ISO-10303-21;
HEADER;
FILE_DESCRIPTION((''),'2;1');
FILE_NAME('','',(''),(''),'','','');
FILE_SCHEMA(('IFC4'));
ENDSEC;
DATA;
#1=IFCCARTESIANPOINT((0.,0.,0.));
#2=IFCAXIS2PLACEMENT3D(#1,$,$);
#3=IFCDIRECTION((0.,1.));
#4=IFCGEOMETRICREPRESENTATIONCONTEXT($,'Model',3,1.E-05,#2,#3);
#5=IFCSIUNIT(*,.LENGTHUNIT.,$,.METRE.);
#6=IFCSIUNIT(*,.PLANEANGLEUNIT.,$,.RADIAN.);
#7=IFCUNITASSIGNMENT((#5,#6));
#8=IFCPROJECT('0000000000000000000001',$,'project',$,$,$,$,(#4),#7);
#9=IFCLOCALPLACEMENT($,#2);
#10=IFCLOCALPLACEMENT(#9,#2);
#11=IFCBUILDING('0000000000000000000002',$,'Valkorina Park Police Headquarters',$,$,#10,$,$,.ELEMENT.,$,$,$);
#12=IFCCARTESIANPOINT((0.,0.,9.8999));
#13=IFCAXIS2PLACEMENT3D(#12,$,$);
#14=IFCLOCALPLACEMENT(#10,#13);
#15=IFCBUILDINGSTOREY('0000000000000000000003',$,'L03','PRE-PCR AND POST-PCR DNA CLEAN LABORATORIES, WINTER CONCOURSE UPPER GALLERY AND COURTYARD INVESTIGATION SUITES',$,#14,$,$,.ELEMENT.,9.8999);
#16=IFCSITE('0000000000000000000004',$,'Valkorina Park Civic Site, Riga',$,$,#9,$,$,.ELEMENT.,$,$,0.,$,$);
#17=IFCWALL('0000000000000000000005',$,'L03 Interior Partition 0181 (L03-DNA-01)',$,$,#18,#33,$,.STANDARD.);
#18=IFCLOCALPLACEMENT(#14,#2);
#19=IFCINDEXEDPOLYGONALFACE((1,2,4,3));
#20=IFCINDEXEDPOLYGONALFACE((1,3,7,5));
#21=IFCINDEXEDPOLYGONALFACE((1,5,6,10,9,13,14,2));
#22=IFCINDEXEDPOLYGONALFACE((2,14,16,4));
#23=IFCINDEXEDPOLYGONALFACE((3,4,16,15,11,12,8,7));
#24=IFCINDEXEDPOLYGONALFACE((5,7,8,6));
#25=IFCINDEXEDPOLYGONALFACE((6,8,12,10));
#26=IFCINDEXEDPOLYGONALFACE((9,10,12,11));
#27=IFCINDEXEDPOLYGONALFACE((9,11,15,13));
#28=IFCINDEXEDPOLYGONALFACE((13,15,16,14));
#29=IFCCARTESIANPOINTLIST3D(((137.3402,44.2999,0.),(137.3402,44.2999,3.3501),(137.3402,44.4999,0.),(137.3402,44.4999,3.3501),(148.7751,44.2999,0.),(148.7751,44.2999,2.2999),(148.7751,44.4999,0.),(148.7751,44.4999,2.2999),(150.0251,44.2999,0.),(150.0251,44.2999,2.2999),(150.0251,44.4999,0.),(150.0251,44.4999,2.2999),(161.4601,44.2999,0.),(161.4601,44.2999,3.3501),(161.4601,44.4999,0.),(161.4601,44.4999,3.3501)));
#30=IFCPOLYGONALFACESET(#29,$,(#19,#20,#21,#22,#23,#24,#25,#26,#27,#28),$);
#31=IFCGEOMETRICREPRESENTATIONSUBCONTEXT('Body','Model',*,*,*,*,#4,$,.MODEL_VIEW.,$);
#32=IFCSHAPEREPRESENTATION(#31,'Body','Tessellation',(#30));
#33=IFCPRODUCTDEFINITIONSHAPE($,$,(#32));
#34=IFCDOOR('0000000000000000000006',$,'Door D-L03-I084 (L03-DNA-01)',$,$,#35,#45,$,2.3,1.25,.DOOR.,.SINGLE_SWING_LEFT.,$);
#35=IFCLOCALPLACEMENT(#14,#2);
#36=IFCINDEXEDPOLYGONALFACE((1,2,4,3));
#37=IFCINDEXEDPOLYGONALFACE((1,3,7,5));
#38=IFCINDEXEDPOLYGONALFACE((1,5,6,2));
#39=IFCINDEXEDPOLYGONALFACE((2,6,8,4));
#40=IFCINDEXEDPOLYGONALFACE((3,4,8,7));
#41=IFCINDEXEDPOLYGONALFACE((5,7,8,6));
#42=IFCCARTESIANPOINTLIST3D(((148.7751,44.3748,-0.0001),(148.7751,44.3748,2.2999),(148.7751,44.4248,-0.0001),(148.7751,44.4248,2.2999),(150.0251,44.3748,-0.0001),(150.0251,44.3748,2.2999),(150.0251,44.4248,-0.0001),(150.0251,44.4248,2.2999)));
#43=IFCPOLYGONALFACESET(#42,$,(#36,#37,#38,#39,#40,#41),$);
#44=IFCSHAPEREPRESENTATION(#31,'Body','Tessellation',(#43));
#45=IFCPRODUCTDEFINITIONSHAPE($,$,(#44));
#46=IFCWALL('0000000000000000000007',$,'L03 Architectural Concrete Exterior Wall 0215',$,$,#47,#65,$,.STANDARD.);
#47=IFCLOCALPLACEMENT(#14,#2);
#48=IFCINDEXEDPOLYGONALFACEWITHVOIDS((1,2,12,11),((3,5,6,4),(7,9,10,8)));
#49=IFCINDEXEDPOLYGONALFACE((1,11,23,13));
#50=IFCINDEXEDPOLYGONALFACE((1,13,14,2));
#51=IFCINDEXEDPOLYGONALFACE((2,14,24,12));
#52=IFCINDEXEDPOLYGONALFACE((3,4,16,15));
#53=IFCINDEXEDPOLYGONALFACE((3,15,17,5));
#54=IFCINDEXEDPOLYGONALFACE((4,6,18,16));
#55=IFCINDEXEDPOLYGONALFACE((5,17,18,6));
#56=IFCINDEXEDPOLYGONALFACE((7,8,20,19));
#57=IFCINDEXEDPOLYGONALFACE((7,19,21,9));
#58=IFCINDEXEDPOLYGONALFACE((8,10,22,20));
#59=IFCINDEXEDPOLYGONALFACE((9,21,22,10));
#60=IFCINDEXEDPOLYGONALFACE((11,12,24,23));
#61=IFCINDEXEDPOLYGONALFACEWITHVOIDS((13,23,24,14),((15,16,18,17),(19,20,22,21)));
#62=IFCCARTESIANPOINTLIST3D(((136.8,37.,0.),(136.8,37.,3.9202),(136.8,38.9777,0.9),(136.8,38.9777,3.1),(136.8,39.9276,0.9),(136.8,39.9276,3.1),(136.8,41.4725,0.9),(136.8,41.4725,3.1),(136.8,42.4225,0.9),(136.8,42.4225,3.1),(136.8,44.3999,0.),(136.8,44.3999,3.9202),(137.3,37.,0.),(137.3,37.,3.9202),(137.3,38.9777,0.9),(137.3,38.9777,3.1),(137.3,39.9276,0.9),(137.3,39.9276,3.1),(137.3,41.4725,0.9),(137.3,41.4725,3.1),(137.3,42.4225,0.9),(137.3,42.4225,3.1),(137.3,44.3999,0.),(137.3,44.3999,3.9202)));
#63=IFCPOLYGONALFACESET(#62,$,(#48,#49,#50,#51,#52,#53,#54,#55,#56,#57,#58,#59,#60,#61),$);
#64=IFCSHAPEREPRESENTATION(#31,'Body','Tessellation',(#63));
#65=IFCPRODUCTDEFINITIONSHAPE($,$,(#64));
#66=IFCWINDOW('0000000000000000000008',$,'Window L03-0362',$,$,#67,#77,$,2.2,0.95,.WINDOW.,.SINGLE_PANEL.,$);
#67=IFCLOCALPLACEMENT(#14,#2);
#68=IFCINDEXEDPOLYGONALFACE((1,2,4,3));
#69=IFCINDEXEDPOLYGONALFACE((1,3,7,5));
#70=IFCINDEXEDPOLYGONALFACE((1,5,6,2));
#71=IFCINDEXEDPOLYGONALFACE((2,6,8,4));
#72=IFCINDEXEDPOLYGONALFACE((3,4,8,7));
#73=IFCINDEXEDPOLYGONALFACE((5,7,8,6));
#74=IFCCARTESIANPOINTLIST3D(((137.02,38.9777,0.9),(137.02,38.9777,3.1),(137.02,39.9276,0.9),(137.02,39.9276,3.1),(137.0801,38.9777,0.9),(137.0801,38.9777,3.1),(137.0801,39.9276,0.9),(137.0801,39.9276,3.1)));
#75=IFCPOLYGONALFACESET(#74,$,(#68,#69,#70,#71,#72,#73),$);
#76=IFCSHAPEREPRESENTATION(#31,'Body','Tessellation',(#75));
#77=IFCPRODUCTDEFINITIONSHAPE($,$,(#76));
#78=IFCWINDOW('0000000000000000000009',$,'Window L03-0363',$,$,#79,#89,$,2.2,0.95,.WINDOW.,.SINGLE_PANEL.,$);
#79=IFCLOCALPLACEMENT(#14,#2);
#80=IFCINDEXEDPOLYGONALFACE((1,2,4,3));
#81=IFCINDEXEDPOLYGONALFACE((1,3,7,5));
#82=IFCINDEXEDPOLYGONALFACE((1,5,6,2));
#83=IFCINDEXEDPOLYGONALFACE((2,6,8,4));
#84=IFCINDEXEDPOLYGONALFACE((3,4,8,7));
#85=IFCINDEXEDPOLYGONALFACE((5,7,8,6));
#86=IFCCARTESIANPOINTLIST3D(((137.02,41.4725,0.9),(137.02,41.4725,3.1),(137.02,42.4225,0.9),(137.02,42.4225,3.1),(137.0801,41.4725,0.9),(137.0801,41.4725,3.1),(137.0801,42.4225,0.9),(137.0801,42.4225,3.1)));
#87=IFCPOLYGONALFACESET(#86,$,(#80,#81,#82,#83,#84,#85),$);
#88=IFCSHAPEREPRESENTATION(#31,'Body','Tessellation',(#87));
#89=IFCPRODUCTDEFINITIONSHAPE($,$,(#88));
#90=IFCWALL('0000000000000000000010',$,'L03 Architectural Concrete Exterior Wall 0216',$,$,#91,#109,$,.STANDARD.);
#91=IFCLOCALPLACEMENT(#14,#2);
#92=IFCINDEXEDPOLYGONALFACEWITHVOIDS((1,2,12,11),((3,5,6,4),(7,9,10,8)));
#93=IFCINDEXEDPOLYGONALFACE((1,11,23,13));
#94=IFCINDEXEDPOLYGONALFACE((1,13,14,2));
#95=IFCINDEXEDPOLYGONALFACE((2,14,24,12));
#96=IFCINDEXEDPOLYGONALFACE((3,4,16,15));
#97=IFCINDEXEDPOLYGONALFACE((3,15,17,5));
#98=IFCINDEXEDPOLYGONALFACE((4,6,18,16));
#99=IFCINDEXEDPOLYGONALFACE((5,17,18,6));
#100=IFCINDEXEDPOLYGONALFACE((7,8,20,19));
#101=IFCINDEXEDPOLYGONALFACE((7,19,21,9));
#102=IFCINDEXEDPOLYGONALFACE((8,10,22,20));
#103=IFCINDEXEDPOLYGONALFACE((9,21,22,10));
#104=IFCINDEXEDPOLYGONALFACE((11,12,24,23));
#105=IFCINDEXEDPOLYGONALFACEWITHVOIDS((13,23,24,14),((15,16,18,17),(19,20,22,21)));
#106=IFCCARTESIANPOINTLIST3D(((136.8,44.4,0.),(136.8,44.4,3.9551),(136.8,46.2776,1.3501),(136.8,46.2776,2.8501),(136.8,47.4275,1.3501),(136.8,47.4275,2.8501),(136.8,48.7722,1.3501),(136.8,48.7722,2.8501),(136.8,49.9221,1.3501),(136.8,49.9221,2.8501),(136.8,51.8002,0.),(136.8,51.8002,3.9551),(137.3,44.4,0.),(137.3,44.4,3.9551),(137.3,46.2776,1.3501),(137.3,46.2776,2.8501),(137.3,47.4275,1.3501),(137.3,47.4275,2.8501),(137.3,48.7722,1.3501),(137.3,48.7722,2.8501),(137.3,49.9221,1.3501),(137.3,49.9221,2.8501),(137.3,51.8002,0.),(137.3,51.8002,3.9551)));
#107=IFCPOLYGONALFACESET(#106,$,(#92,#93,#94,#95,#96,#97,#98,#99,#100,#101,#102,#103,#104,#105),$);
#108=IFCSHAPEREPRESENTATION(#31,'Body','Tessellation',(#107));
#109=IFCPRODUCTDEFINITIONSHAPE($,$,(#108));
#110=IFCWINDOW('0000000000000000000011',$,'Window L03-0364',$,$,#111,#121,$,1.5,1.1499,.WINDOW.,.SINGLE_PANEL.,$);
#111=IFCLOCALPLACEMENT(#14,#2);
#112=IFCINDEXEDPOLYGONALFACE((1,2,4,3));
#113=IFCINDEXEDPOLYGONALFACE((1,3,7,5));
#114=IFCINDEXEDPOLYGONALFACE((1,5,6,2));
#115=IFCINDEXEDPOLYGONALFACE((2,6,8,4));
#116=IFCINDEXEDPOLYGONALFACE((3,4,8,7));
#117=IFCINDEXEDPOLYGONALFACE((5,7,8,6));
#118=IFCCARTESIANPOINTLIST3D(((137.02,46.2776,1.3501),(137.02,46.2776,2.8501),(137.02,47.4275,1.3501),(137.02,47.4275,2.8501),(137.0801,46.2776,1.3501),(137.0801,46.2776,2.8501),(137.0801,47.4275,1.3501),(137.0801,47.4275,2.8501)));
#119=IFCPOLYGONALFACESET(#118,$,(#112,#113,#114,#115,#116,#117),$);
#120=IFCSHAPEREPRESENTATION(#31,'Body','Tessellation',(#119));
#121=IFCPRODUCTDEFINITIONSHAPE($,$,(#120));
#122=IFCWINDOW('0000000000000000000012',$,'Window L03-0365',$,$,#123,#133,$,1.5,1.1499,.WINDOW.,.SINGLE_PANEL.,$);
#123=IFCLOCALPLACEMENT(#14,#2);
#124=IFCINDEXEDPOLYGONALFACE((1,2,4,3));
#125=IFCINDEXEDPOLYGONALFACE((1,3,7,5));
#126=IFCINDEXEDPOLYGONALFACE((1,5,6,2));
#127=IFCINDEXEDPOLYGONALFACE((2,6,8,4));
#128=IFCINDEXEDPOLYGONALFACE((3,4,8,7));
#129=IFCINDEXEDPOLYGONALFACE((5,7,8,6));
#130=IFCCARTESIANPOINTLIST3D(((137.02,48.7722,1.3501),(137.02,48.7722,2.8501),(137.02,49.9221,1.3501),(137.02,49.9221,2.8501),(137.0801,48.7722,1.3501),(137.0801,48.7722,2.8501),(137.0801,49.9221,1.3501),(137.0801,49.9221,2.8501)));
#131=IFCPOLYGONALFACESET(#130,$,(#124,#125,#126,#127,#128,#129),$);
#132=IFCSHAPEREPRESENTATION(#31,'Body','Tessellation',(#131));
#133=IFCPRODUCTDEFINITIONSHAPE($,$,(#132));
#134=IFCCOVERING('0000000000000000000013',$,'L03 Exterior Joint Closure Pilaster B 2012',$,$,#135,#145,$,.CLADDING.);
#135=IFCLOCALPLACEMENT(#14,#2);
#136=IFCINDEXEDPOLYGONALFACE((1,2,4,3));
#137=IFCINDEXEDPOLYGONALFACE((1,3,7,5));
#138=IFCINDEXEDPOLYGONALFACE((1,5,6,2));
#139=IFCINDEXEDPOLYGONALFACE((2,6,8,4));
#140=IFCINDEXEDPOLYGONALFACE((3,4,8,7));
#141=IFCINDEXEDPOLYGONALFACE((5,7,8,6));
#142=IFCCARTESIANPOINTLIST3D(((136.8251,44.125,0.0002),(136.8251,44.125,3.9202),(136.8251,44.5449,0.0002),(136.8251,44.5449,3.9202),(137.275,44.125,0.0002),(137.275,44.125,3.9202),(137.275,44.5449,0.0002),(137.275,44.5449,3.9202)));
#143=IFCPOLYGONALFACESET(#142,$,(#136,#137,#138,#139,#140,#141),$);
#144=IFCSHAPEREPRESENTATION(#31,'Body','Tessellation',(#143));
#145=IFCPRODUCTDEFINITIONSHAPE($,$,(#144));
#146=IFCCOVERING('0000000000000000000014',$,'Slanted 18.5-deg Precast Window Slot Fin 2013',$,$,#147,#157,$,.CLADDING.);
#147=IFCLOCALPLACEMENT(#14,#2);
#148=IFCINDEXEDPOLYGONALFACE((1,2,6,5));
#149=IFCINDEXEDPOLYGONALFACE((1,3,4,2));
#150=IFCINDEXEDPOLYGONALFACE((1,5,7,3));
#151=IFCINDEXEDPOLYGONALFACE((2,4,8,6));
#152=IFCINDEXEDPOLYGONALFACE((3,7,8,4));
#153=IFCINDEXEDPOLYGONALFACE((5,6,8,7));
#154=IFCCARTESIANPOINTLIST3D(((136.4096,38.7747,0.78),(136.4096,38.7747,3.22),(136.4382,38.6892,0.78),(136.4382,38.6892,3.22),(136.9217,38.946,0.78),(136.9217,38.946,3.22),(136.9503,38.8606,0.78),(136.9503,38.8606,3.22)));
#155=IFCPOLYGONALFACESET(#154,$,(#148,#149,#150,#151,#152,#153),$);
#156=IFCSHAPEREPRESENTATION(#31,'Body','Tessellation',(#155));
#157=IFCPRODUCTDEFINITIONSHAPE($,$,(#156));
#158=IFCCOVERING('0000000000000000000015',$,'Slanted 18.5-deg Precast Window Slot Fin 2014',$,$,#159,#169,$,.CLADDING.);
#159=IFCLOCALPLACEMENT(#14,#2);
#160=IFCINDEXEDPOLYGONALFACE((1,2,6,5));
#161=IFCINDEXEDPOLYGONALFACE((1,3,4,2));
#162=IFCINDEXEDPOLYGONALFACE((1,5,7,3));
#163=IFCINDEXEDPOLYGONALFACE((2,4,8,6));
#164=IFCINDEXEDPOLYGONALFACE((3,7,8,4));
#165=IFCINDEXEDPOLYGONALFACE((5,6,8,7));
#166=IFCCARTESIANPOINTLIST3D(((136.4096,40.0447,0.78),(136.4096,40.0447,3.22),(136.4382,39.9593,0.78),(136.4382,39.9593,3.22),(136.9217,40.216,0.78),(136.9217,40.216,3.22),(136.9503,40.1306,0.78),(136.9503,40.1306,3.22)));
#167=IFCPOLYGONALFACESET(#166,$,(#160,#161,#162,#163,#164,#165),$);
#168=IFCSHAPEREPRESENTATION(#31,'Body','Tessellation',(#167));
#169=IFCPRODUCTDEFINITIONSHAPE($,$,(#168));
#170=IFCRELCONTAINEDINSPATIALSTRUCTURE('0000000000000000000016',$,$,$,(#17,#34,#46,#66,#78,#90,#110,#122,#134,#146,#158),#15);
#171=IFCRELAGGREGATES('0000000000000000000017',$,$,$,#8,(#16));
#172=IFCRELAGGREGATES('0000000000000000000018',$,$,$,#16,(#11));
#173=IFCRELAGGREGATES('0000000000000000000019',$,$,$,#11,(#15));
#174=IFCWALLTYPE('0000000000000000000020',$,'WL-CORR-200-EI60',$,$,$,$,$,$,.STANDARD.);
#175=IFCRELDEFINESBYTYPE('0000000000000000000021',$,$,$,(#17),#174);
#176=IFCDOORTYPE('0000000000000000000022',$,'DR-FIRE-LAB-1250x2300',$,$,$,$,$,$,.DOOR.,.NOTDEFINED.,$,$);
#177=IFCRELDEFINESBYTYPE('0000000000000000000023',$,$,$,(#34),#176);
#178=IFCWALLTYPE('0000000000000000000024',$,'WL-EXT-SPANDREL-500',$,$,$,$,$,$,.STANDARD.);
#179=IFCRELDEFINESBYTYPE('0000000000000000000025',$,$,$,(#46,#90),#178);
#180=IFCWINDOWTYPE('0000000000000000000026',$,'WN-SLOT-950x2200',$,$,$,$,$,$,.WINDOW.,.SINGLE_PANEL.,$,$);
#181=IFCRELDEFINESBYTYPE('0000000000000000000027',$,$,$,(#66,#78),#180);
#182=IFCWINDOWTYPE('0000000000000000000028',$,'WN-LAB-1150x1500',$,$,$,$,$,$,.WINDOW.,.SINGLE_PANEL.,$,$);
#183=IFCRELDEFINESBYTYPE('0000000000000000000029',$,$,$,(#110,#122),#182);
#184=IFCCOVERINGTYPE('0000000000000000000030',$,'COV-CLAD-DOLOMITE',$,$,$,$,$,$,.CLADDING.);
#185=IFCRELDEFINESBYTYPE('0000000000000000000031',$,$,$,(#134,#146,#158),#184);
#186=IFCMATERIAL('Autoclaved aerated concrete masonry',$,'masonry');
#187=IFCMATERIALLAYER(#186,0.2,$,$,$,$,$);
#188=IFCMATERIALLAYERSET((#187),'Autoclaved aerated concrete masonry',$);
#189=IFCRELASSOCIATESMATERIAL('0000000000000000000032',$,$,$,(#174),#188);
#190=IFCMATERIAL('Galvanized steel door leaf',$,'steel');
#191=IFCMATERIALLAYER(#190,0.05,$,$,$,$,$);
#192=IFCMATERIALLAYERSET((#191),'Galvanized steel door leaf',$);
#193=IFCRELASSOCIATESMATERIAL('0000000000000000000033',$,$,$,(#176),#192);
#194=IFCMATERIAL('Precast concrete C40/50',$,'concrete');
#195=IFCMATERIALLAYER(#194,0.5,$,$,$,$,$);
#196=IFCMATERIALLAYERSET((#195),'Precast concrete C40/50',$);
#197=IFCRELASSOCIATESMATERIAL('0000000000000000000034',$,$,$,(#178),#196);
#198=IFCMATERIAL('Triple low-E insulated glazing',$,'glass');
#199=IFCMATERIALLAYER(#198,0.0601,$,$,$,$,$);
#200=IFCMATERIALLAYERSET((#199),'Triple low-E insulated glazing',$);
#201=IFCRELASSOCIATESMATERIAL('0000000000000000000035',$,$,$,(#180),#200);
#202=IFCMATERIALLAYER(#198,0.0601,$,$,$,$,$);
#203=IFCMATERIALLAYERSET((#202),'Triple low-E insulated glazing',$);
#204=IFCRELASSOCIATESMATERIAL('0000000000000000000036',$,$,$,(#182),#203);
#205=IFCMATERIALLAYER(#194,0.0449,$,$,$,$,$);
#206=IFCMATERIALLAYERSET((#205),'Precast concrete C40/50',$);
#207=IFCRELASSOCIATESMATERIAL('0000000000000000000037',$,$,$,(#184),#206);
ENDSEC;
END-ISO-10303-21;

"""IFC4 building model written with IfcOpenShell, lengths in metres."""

from ifc_helpers import new_model, si_unit, direction, frame, frame_2d, origin, origin_2d, place, context, subcontext, project, spatial, rectangle, extrude, material, layer, layer_set, type_object, element, fill, save


model = new_model("IFC4")

# Units and contexts
model_context = context("Model", 3, precision=1e-05, world=origin(), true_north=direction((0.0, 1.0)))
body_context = subcontext(model_context, "Body", "Model", "MODEL_VIEW")
ifc_project = project(units=[si_unit("LENGTHUNIT", "METRE"), si_unit("PLANEANGLEUNIT", "RADIAN")], contexts=[model_context])

# Site, building, storey
site_placement = place(None, origin())
site = spatial("IfcSite", under=ifc_project, at=site_placement, Name="Valkorina Park Civic Site, Riga", CompositionType="ELEMENT", RefElevation=0.0)
building_placement = place(site_placement, origin())
building = spatial("IfcBuilding", under=site, at=building_placement, Name="Valkorina Park Police Headquarters", CompositionType="ELEMENT")
storey_placement = place(building_placement, frame((0.0, 0.0, 9.8999)))
storey = spatial("IfcBuildingStorey", under=building, at=storey_placement, Name="L03", Description="PRE-PCR AND POST-PCR DNA CLEAN LABORATORIES, WINTER CONCOURSE UPPER GALLERY AND COURTYARD INVESTIGATION SUITES", CompositionType="ELEMENT", Elevation=9.8999)

# Wall, opening, door
ifc_material_1 = material(Name="Autoclaved aerated concrete masonry", Category="masonry")
ifc_layer_1 = layer(ifc_material_1, 0.2)
ifc_layer_set_1 = layer_set([ifc_layer_1], Name="Autoclaved aerated concrete masonry")
wall_type_1 = type_object("IfcWallType", Name="WL-CORR-200-EI60", PredefinedType="STANDARD", material=ifc_layer_set_1)
wall_1_placement = place(storey_placement, frame((137.3401, 44.3999, 0.0), z_axis=(0.0, 0.0, 1.0), x_axis=(1.0, 0.0, 0.0)))
wall_1 = element("IfcWall", 1, at=wall_1_placement, inside=storey, type_object=wall_type_1, Name="L03 Interior Partition 0181 (L03-DNA-01)", PredefinedType="STANDARD", context=body_context, shape_type="SweptSolid", body=[
    extrude(rectangle(XDim=24.1199, YDim=0.2, at=frame_2d((12.0601, 0.0))), origin(), (0.0, 0.0, 1.0), 3.3501),
])
opening_1_placement = place(wall_1_placement, frame((11.4351, 0.0, 0.0)))
opening_1 = element("IfcOpeningElement", 2, at=opening_1_placement, cuts=wall_1, PredefinedType="OPENING", context=body_context, shape_type="SweptSolid", body=[
    extrude(rectangle(XDim=1.25, YDim=2.3, at=frame_2d((0.625, 1.1499))), frame((0.0, 0.1099, 0.0), z_axis=(0.0, -1.0, 0.0), x_axis=(1.0, 0.0, 0.0)), (0.0, 0.0, 1.0), 0.22),
])
ifc_material_2 = material(Name="Galvanized steel door leaf", Category="steel")
ifc_layer_2 = layer(ifc_material_2, 0.05)
ifc_layer_set_2 = layer_set([ifc_layer_2], Name="Galvanized steel door leaf")
door_type = type_object("IfcDoorType", Name="DR-FIRE-LAB-1250x2300", OperationType="NOTDEFINED", PredefinedType="DOOR", material=ifc_layer_set_2)
door_placement = place(opening_1_placement, origin())
door = element("IfcDoor", 3, at=door_placement, inside=storey, type_object=door_type, Name="Door D-L03-I084 (L03-DNA-01)", OperationType="SINGLE_SWING_LEFT", OverallHeight=2.3, OverallWidth=1.25, PredefinedType="DOOR", context=body_context, shape_type="SweptSolid", body=[
    extrude(rectangle(XDim=1.25, YDim=2.3, at=frame_2d((0.625, 1.1499))), frame((0.0, 0.0249, 0.0), z_axis=(0.0, -1.0, 0.0), x_axis=(1.0, 0.0, 0.0)), (0.0, 0.0, 1.0), 0.05),
])
fill(opening_1, door)

# Walls, openings, windows
ifc_material_3 = material(Name="Precast concrete C40/50", Category="concrete")
ifc_layer_3 = layer(ifc_material_3, 0.5)
ifc_layer_set_3 = layer_set([ifc_layer_3], Name="Precast concrete C40/50")
wall_type_2 = type_object("IfcWallType", Name="WL-EXT-SPANDREL-500", PredefinedType="STANDARD", material=ifc_layer_set_3)
wall_2_placement = place(storey_placement, frame((137.05, 37.0, 0.0), z_axis=(0.0, 0.0, 1.0), x_axis=(0.0, 1.0, 0.0)))
wall_2 = element("IfcWall", 4, at=wall_2_placement, inside=storey, type_object=wall_type_2, Name="L03 Architectural Concrete Exterior Wall 0215", PredefinedType="STANDARD", context=body_context, shape_type="SweptSolid", body=[
    extrude(rectangle(XDim=7.3999, YDim=0.5, at=frame_2d((3.7, 0.0))), origin(), (0.0, 0.0, 1.0), 3.9202),
])
opening_2_placement = place(wall_2_placement, frame((1.9775, 0.0, 0.8999)))
opening_2 = element("IfcOpeningElement", 5, at=opening_2_placement, cuts=wall_2, PredefinedType="OPENING", context=body_context, shape_type="SweptSolid", body=[
    extrude(rectangle(XDim=0.95, YDim=2.2, at=frame_2d((0.4751, 1.1001))), frame((0.0, 0.26, 0.0), z_axis=(0.0, -1.0, 0.0), x_axis=(1.0, 0.0, 0.0)), (0.0, 0.0, 1.0), 0.52),
])
opening_3_placement = place(wall_2_placement, frame((4.4724, 0.0, 0.8999)))
opening_3 = element("IfcOpeningElement", 6, at=opening_3_placement, cuts=wall_2, PredefinedType="OPENING", context=body_context, shape_type="SweptSolid", body=[
    extrude(rectangle(XDim=0.95, YDim=2.2, at=frame_2d((0.4751, 1.1001))), frame((0.0, 0.26, 0.0), z_axis=(0.0, -1.0, 0.0), x_axis=(1.0, 0.0, 0.0)), (0.0, 0.0, 1.0), 0.52),
])
ifc_material_4 = material(Name="Triple low-E insulated glazing", Category="glass")
ifc_layer_4 = layer(ifc_material_4, 0.0601)
ifc_layer_set_4 = layer_set([ifc_layer_4], Name="Triple low-E insulated glazing")
window_type_1 = type_object("IfcWindowType", Name="WN-SLOT-950x2200", PartitioningType="SINGLE_PANEL", PredefinedType="WINDOW", material=ifc_layer_set_4)
window_1_placement = place(opening_2_placement, origin())
window_1 = element("IfcWindow", 7, at=window_1_placement, inside=storey, type_object=window_type_1, Name="Window L03-0362", OverallHeight=2.2, OverallWidth=0.95, PartitioningType="SINGLE_PANEL", PredefinedType="WINDOW", context=body_context, shape_type="SweptSolid", body=[
    extrude(rectangle(XDim=0.95, YDim=2.2, at=frame_2d((0.4751, 1.1001))), frame((0.0, 0.03, 0.0), z_axis=(0.0, -1.0, 0.0), x_axis=(1.0, 0.0, 0.0)), (0.0, 0.0, 1.0), 0.0601),
])
fill(opening_2, window_1)
window_2_placement = place(opening_3_placement, origin())
window_2 = element("IfcWindow", 8, at=window_2_placement, inside=storey, type_object=window_type_1, Name="Window L03-0363", OverallHeight=2.2, OverallWidth=0.95, PartitioningType="SINGLE_PANEL", PredefinedType="WINDOW", context=body_context, shape_type="SweptSolid", body=[
    extrude(rectangle(XDim=0.95, YDim=2.2, at=frame_2d((0.4751, 1.1001))), frame((0.0, 0.03, 0.0), z_axis=(0.0, -1.0, 0.0), x_axis=(1.0, 0.0, 0.0)), (0.0, 0.0, 1.0), 0.0601),
])
fill(opening_3, window_2)
wall_3_placement = place(storey_placement, frame((137.05, 44.3999, 0.0), z_axis=(0.0, 0.0, 1.0), x_axis=(0.0, 1.0, 0.0)))
wall_3 = element("IfcWall", 9, at=wall_3_placement, inside=storey, type_object=wall_type_2, Name="L03 Architectural Concrete Exterior Wall 0216", PredefinedType="STANDARD", context=body_context, shape_type="SweptSolid", body=[
    extrude(rectangle(XDim=7.4001, YDim=0.5, at=frame_2d((3.7002, 0.0))), origin(), (0.0, 0.0, 1.0), 3.9551),
])
opening_4_placement = place(wall_3_placement, frame((1.8777, 0.0, 1.3501)))
opening_4 = element("IfcOpeningElement", 10, at=opening_4_placement, cuts=wall_3, PredefinedType="OPENING", context=body_context, shape_type="SweptSolid", body=[
    extrude(rectangle(XDim=1.1499, YDim=1.5, at=frame_2d((0.575, 0.75))), frame((0.0, 0.26, 0.0), z_axis=(0.0, -1.0, 0.0), x_axis=(1.0, 0.0, 0.0)), (0.0, 0.0, 1.0), 0.52),
])
opening_5_placement = place(wall_3_placement, frame((4.3723, 0.0, 1.3501)))
opening_5 = element("IfcOpeningElement", 11, at=opening_5_placement, cuts=wall_3, PredefinedType="OPENING", context=body_context, shape_type="SweptSolid", body=[
    extrude(rectangle(XDim=1.1499, YDim=1.5, at=frame_2d((0.575, 0.75))), frame((0.0, 0.26, 0.0), z_axis=(0.0, -1.0, 0.0), x_axis=(1.0, 0.0, 0.0)), (0.0, 0.0, 1.0), 0.52),
])
ifc_layer_5 = layer(ifc_material_4, 0.0601)
ifc_layer_set_5 = layer_set([ifc_layer_5], Name="Triple low-E insulated glazing")
window_type_2 = type_object("IfcWindowType", Name="WN-LAB-1150x1500", PartitioningType="SINGLE_PANEL", PredefinedType="WINDOW", material=ifc_layer_set_5)
window_3_placement = place(opening_4_placement, origin())
window_3 = element("IfcWindow", 12, at=window_3_placement, inside=storey, type_object=window_type_2, Name="Window L03-0364", OverallHeight=1.5, OverallWidth=1.1499, PartitioningType="SINGLE_PANEL", PredefinedType="WINDOW", context=body_context, shape_type="SweptSolid", body=[
    extrude(rectangle(XDim=1.1499, YDim=1.5, at=frame_2d((0.575, 0.75))), frame((0.0, 0.03, 0.0), z_axis=(0.0, -1.0, 0.0), x_axis=(1.0, 0.0, 0.0)), (0.0, 0.0, 1.0), 0.0601),
])
fill(opening_4, window_3)
window_4_placement = place(opening_5_placement, origin())
window_4 = element("IfcWindow", 13, at=window_4_placement, inside=storey, type_object=window_type_2, Name="Window L03-0365", OverallHeight=1.5, OverallWidth=1.1499, PartitioningType="SINGLE_PANEL", PredefinedType="WINDOW", context=body_context, shape_type="SweptSolid", body=[
    extrude(rectangle(XDim=1.1499, YDim=1.5, at=frame_2d((0.575, 0.75))), frame((0.0, 0.03, 0.0), z_axis=(0.0, -1.0, 0.0), x_axis=(1.0, 0.0, 0.0)), (0.0, 0.0, 1.0), 0.0601),
])
fill(opening_5, window_4)

# Coverings
ifc_layer_6 = layer(ifc_material_3, 0.0449)
ifc_layer_set_6 = layer_set([ifc_layer_6], Name="Precast concrete C40/50")
covering_type = type_object("IfcCoveringType", Name="COV-CLAD-DOLOMITE", PredefinedType="CLADDING", material=ifc_layer_set_6)
covering_1_placement = place(storey_placement, frame((137.05, 44.335, 0.0002), z_axis=(0.0, 0.0, 1.0), x_axis=(0.0, 1.0, 0.0)))
element("IfcCovering", 14, at=covering_1_placement, inside=storey, type_object=covering_type, Name="L03 Exterior Joint Closure Pilaster B 2012", PredefinedType="CLADDING", context=body_context, shape_type="SweptSolid", body=[
    extrude(rectangle(XDim=0.4199, YDim=0.45, at=origin_2d()), origin(), (0.0, 0.0, 1.0), 3.9199),
])
for number, where, z_axis, x_axis, name in (
    (15, (136.6799, 38.8176, 0.78), (0.0, 0.0, 1.0), (-0.948324, -0.317305, 0.0), "Slanted 18.5-deg Precast Window Slot Fin 2013"),
    (16, (136.6799, 40.0876, 0.78), (0.0, 0.0, 1.0), (-0.948324, -0.317305, 0.0), "Slanted 18.5-deg Precast Window Slot Fin 2014"),
):
    element("IfcCovering", number, at=place(storey_placement, frame(where, z_axis=z_axis, x_axis=x_axis)), inside=storey, type_object=covering_type, Name=name, PredefinedType="CLADDING", context=body_context, shape_type="SweptSolid", body=[
        extrude(rectangle(XDim=0.54, YDim=0.0901, at=origin_2d()), origin(), (0.0, 0.0, 1.0), 2.4399),
    ])

save(model, "model.ifc")
